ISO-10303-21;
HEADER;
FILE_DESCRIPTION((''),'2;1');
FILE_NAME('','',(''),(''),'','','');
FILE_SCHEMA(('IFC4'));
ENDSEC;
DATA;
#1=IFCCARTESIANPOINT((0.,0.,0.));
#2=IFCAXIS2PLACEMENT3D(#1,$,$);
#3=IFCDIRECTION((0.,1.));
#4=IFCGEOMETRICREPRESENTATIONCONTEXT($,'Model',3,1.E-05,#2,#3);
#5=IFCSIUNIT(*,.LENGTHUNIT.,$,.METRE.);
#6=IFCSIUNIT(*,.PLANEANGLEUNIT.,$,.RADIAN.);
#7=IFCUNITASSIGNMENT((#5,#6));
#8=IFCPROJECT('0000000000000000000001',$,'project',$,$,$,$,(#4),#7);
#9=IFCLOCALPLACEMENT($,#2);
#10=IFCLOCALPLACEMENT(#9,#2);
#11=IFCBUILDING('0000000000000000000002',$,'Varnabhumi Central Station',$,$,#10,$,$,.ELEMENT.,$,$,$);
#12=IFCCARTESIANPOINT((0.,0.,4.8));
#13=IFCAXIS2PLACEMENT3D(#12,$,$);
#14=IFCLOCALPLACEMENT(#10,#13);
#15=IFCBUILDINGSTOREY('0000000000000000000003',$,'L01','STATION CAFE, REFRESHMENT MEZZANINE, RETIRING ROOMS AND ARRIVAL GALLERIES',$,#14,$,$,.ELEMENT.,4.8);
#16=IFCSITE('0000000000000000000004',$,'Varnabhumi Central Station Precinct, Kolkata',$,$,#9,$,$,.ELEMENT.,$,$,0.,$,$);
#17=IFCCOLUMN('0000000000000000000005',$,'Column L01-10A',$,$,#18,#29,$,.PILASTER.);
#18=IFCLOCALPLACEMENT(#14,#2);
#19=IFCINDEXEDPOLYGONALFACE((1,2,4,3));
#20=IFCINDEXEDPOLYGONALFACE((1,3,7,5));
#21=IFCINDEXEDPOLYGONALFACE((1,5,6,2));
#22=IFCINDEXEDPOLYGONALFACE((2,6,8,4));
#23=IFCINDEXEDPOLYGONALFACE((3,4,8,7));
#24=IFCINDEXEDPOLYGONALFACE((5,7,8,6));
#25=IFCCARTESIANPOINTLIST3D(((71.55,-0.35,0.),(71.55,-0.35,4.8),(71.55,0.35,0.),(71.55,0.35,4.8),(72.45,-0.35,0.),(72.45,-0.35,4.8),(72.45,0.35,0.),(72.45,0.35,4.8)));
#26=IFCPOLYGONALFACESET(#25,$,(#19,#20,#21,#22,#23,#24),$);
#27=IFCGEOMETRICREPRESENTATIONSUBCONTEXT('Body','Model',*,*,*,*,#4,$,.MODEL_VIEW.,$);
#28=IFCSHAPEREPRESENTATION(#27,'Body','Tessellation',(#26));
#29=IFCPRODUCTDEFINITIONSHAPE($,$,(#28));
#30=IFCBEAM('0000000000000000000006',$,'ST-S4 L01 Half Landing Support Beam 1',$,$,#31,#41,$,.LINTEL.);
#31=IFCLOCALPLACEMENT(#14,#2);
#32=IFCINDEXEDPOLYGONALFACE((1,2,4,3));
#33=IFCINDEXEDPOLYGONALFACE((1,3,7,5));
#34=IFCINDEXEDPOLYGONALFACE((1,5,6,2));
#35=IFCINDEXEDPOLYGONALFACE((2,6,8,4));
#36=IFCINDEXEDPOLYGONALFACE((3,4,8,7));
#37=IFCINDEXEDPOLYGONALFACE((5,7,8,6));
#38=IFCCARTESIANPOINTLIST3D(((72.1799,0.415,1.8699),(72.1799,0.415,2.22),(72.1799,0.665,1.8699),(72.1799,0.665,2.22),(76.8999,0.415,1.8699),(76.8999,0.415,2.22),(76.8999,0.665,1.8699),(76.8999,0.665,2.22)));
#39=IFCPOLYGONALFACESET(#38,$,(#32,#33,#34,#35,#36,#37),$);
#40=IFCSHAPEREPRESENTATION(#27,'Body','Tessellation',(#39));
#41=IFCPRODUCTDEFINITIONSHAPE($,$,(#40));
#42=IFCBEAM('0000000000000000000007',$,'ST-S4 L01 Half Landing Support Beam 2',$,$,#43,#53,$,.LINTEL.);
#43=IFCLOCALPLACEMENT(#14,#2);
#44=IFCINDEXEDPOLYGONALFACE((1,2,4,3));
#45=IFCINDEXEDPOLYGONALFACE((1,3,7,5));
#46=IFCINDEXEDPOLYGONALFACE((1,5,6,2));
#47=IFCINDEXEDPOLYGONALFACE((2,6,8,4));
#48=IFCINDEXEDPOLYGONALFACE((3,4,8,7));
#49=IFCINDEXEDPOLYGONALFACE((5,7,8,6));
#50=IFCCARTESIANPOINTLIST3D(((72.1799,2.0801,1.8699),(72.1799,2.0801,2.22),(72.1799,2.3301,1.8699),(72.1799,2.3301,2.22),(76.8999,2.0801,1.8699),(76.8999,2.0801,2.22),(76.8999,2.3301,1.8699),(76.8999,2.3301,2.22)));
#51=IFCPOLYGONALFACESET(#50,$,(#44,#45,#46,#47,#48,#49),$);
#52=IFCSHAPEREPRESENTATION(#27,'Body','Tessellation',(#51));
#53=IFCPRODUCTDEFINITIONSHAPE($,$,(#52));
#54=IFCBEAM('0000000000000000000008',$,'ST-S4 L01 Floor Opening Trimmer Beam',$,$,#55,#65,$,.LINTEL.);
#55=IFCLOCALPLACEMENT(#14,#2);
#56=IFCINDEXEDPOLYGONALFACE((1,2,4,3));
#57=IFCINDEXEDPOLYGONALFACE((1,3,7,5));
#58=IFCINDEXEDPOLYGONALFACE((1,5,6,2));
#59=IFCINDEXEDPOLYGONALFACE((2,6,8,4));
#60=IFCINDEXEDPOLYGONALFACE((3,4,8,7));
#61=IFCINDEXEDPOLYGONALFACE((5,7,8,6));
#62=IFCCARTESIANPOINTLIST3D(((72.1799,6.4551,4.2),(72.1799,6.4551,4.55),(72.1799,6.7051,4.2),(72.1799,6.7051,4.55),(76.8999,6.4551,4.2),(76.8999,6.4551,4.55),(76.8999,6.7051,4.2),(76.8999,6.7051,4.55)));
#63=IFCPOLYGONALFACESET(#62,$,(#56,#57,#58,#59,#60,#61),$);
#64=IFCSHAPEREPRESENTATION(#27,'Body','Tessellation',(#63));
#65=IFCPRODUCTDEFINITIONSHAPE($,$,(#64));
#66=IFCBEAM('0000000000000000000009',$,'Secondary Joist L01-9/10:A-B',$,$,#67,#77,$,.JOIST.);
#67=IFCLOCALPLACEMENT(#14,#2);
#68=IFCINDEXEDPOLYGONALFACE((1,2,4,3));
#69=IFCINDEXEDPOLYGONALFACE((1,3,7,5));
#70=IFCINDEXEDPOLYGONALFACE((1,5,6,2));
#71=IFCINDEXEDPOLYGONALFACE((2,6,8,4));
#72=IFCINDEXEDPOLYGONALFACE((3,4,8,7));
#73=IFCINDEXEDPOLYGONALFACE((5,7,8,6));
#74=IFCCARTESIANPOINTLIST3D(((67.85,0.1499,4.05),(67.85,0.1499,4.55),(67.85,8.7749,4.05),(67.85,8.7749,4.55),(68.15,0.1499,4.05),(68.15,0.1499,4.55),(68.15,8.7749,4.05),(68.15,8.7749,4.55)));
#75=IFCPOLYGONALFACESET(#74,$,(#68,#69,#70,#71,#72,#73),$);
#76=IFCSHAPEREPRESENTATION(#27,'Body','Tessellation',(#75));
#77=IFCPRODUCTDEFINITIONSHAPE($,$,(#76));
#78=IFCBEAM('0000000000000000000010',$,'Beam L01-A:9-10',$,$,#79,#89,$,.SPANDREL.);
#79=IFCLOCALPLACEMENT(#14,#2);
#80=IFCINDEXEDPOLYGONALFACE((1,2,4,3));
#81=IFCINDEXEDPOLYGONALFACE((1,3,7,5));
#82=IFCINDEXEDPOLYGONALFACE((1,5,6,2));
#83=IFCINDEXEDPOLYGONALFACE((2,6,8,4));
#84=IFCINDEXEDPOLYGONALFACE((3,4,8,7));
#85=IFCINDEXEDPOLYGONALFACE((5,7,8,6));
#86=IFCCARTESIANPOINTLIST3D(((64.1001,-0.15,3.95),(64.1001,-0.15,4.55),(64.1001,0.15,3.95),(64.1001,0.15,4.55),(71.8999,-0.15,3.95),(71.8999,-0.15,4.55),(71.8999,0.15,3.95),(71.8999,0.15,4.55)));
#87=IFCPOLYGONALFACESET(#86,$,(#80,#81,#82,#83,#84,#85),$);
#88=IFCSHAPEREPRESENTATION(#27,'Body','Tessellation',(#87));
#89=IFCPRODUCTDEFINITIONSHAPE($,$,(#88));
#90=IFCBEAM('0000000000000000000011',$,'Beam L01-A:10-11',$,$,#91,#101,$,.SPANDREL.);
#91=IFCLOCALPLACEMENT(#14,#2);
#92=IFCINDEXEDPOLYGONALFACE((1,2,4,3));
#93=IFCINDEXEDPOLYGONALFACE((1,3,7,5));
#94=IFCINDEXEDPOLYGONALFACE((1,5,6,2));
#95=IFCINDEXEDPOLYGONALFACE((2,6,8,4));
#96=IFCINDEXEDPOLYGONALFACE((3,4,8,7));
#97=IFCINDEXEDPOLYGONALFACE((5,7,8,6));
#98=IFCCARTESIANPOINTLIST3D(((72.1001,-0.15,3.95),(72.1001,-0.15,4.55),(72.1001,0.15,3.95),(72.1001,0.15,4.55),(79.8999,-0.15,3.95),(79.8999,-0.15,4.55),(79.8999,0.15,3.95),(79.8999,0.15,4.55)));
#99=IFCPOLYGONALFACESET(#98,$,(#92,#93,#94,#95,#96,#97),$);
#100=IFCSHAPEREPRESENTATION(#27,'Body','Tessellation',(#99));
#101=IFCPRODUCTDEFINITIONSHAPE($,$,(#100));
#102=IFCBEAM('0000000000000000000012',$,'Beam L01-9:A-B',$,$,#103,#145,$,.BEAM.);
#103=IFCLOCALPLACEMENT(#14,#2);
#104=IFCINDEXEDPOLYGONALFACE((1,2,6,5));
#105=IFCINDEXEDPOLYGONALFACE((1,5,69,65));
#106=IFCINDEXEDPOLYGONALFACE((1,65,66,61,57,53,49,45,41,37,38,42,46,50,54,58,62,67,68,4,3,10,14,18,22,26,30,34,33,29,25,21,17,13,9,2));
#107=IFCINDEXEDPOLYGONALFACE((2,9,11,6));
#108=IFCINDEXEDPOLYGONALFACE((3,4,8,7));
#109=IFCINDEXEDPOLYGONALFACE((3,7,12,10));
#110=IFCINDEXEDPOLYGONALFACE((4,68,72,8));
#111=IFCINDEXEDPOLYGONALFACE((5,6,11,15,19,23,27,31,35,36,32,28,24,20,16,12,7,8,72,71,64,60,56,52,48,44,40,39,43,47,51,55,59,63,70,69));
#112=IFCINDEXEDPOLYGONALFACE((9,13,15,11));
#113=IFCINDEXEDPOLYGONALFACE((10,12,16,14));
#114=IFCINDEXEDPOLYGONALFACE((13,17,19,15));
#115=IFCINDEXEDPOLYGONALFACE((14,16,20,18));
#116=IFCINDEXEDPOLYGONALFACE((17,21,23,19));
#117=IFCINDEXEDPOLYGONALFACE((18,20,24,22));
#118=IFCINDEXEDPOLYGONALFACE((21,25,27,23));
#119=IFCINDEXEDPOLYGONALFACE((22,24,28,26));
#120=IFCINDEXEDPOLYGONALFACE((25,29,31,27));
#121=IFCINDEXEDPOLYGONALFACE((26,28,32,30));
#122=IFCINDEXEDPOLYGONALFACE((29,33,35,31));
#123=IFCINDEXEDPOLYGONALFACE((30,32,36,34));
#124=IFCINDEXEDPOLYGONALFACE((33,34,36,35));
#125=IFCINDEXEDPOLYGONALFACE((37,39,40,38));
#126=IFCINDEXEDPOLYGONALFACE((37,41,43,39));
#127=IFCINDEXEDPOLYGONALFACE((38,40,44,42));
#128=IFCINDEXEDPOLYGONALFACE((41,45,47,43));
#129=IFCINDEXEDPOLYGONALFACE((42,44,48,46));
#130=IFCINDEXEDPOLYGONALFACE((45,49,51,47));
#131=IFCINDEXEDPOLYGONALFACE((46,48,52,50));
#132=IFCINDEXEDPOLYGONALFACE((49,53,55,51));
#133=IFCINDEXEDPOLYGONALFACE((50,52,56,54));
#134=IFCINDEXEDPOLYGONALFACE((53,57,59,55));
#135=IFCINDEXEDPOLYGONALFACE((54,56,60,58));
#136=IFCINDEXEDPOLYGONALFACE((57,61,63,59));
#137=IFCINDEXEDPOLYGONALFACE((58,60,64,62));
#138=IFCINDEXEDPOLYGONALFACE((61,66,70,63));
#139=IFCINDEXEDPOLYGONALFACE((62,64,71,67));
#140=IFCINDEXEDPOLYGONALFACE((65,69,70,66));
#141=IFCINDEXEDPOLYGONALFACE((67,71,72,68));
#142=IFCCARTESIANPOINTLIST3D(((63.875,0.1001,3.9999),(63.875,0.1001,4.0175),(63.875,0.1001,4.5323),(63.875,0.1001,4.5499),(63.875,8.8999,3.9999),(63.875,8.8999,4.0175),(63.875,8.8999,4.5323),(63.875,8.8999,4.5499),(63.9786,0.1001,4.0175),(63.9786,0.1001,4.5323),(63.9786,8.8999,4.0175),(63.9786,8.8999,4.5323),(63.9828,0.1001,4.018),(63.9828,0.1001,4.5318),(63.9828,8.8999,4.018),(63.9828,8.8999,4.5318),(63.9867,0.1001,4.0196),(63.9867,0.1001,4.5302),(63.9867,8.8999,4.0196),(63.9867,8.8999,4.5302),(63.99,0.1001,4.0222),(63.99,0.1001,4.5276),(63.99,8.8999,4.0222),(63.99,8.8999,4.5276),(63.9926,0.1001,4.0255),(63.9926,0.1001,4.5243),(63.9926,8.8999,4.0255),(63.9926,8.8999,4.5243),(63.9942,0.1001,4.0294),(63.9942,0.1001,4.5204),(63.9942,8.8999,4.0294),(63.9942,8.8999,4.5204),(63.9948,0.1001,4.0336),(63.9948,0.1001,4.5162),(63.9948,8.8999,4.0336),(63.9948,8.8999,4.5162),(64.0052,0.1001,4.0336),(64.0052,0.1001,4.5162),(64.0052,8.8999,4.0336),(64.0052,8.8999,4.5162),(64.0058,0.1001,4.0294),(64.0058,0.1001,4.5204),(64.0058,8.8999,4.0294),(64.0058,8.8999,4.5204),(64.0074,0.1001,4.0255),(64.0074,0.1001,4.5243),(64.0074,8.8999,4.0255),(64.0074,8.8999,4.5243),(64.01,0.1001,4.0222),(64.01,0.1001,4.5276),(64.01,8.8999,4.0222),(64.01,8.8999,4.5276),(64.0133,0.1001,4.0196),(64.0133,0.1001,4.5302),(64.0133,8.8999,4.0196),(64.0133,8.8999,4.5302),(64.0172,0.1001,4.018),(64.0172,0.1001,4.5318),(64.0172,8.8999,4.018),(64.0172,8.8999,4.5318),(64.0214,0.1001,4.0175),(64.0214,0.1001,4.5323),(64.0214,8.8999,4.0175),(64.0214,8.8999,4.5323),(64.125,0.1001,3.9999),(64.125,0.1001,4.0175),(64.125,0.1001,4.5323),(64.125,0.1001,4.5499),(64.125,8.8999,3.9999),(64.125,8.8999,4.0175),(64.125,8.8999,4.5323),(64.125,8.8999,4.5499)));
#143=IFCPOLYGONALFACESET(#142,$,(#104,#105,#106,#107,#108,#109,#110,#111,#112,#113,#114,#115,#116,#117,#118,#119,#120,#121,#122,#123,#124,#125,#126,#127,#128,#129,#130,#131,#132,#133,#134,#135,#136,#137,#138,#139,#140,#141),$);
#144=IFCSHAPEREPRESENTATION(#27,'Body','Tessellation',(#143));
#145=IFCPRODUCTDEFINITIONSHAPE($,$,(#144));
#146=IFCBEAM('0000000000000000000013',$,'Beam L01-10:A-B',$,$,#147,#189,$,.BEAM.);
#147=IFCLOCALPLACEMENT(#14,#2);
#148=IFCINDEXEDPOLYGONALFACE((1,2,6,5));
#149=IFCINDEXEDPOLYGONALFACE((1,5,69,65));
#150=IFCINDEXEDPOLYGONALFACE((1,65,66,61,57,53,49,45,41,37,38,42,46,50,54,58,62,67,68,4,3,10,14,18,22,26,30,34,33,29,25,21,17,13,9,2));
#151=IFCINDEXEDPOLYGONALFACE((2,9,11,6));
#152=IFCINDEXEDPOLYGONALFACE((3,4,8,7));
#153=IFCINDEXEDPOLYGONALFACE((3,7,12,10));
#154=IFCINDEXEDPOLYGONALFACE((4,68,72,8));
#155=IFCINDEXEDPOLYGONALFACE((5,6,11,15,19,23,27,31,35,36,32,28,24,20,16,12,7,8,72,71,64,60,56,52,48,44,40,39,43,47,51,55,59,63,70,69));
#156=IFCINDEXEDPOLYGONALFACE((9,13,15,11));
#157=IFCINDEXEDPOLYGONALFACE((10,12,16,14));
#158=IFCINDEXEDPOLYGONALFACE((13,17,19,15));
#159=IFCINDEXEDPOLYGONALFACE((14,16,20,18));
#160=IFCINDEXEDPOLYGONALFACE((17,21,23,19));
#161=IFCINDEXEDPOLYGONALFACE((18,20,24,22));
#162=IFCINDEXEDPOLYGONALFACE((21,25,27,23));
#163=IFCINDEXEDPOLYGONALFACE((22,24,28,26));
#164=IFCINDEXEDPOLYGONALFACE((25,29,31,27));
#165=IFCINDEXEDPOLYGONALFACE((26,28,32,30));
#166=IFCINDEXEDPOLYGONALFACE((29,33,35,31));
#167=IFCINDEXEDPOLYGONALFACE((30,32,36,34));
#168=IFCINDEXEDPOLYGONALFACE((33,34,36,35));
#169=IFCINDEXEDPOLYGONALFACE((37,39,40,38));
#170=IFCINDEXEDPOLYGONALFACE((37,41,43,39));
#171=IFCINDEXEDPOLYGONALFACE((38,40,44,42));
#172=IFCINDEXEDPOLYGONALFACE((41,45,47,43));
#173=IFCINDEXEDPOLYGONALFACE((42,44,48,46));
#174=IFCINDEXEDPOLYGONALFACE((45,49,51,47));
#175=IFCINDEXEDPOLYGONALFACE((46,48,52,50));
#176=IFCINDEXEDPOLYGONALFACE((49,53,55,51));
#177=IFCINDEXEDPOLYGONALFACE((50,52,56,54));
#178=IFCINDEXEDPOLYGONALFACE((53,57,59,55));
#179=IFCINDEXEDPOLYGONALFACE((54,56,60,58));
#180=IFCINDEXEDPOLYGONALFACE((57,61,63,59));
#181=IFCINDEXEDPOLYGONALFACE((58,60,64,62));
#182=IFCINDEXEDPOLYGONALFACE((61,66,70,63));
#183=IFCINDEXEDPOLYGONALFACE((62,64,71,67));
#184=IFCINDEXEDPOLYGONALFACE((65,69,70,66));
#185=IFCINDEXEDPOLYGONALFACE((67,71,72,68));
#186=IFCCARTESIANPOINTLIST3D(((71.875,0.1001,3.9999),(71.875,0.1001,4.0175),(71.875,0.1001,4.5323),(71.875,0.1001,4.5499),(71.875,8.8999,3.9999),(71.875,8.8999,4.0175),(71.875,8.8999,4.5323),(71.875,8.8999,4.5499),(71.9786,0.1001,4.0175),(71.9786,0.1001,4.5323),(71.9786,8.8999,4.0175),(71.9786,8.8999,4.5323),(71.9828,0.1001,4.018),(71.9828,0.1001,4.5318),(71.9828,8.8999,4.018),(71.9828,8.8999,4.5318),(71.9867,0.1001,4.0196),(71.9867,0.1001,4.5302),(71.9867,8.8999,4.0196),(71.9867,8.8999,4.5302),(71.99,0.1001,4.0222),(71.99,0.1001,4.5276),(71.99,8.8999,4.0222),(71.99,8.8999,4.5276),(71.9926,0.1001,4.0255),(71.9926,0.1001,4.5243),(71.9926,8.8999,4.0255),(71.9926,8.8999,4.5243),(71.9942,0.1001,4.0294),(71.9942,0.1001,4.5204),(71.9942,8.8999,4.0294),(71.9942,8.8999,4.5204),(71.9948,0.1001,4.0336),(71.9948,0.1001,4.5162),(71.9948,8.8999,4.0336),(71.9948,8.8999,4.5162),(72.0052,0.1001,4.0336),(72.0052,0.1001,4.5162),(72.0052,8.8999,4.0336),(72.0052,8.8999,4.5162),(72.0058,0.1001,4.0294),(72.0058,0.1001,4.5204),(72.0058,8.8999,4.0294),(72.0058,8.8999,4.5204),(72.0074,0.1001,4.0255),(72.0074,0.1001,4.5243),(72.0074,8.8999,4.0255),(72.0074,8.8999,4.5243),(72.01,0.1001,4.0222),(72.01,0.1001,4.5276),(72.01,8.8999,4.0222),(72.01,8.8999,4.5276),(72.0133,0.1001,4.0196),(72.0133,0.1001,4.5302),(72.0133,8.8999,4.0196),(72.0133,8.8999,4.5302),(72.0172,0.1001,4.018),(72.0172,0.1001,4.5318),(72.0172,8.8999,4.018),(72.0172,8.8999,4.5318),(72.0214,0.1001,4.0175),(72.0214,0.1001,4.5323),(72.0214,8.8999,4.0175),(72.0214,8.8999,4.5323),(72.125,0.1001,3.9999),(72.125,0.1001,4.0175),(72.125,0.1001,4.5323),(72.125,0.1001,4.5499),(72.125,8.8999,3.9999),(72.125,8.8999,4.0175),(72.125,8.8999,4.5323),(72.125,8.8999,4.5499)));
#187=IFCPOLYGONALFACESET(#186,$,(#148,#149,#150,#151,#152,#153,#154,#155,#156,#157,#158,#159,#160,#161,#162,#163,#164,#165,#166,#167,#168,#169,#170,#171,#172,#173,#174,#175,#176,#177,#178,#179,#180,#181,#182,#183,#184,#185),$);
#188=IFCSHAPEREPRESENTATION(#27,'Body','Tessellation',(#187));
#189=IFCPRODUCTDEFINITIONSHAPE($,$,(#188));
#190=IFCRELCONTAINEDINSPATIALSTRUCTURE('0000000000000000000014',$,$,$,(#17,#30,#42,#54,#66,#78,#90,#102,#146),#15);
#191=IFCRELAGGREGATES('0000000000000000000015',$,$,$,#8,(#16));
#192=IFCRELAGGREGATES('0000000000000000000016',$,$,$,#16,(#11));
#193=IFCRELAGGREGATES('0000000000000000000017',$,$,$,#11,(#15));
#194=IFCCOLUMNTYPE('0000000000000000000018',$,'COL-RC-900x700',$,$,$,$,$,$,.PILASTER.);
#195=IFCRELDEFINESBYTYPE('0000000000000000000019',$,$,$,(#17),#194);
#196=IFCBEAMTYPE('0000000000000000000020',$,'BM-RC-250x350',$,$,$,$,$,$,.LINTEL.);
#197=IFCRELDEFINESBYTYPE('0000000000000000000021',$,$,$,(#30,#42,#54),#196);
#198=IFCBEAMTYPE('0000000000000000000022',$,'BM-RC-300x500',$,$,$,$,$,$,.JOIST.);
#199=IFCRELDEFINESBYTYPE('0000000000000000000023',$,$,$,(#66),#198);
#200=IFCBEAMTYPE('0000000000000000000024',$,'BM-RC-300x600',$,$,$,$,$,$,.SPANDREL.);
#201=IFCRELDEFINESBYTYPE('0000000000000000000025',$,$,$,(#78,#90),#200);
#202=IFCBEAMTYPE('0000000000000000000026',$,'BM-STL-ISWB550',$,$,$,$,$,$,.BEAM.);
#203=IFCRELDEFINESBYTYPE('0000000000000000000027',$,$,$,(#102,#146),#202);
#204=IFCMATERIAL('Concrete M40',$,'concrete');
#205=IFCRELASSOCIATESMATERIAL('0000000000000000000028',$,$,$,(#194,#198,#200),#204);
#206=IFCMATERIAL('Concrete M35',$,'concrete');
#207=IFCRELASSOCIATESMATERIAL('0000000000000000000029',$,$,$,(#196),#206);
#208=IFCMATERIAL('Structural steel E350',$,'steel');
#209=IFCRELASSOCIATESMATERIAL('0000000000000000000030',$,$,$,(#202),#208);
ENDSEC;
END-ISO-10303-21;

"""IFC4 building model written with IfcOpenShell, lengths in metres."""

from ifc_helpers import new_model, si_unit, direction, frame, origin, origin_2d, place, context, subcontext, project, spatial, rectangle, i_section, extrude, material, material_profile, profile_set, type_object, element, save


model = new_model("IFC4")

# Units and contexts
model_context = context("Model", 3, precision=1e-05, world=origin(), true_north=direction((0.0, 1.0)))
body_context = subcontext(model_context, "Body", "Model", "MODEL_VIEW")
ifc_project = project(units=[si_unit("LENGTHUNIT", "METRE"), si_unit("PLANEANGLEUNIT", "RADIAN")], contexts=[model_context])

# Site, building, storey
site_placement = place(None, origin())
site = spatial("IfcSite", under=ifc_project, at=site_placement, Name="Varnabhumi Central Station Precinct, Kolkata", CompositionType="ELEMENT", RefElevation=0.0)
building_placement = place(site_placement, origin())
building = spatial("IfcBuilding", under=site, at=building_placement, Name="Varnabhumi Central Station", CompositionType="ELEMENT")
storey_placement = place(building_placement, frame((0.0, 0.0, 4.8)))
storey = spatial("IfcBuildingStorey", under=building, at=storey_placement, Name="L01", Description="STATION CAFE, REFRESHMENT MEZZANINE, RETIRING ROOMS AND ARRIVAL GALLERIES", CompositionType="ELEMENT", Elevation=4.8)

# Column
ifc_material_1 = material(Name="Concrete M40", Category="concrete")
ifc_material_profile_1 = material_profile(ifc_material_1, rectangle(XDim=0.8999, YDim=0.7, at=origin_2d()), Name="Concrete M40", Category="concrete")
ifc_profile_set_1 = profile_set([ifc_material_profile_1], Name="Concrete M40")
column_type = type_object("IfcColumnType", Name="COL-RC-900x700", PredefinedType="PILASTER", material=ifc_profile_set_1)
column_placement = place(storey_placement, frame((72.0, 0.0, 0.0), z_axis=(0.0, 0.0, 1.0), x_axis=(1.0, 0.0, 0.0)))
element("IfcColumn", 1, at=column_placement, inside=storey, type_object=column_type, Name="Column L01-10A", PredefinedType="PILASTER", context=body_context, shape_type="SweptSolid", body=[
    extrude(rectangle(XDim=0.8999, YDim=0.7, at=origin_2d()), origin(), (0.0, 0.0, 1.0), 4.8),
])

# Beams
ifc_material_2 = material(Name="Concrete M35", Category="concrete")
ifc_material_profile_2 = material_profile(ifc_material_2, rectangle(XDim=0.25, YDim=0.3501, at=origin_2d()), Name="Concrete M35", Category="concrete")
ifc_profile_set_2 = profile_set([ifc_material_profile_2], Name="Concrete M35")
beam_type_1 = type_object("IfcBeamType", Name="BM-RC-250x350", PredefinedType="LINTEL", material=ifc_profile_set_2)
for number, where, z_axis, x_axis, name in (
    (2, (72.1799, 0.54, 2.0449), (1.0, 0.0, 0.0), (0.0, 1.0, 0.0), "ST-S4 L01 Half Landing Support Beam 1"),
    (3, (72.1799, 2.2051, 2.0449), (1.0, 0.0, 0.0), (0.0, 1.0, 0.0), "ST-S4 L01 Half Landing Support Beam 2"),
    (4, (72.1799, 6.5801, 4.375), (1.0, 0.0, 0.0), (0.0, 1.0, 0.0), "ST-S4 L01 Floor Opening Trimmer Beam"),
):
    element("IfcBeam", number, at=place(storey_placement, frame(where, z_axis=z_axis, x_axis=x_axis)), inside=storey, type_object=beam_type_1, Name=name, PredefinedType="LINTEL", context=body_context, shape_type="SweptSolid", body=[
        extrude(rectangle(XDim=0.25, YDim=0.3501, at=origin_2d()), origin(), (0.0, 0.0, 1.0), 4.72),
    ])
ifc_material_profile_3 = material_profile(ifc_material_1, rectangle(XDim=0.3, YDim=0.5, at=origin_2d()), Name="Concrete M40", Category="concrete")
ifc_profile_set_3 = profile_set([ifc_material_profile_3], Name="Concrete M40")
beam_type_2 = type_object("IfcBeamType", Name="BM-RC-300x500", PredefinedType="JOIST", material=ifc_profile_set_3)
beam_placement = place(storey_placement, frame((68.0, 0.1499, 4.3), z_axis=(0.0, 1.0, 0.0), x_axis=(-1.0, 0.0, 0.0)))
element("IfcBeam", 5, at=beam_placement, inside=storey, type_object=beam_type_2, Name="Secondary Joist L01-9/10:A-B", PredefinedType="JOIST", context=body_context, shape_type="SweptSolid", body=[
    extrude(rectangle(XDim=0.3, YDim=0.5, at=origin_2d()), origin(), (0.0, 0.0, 1.0), 8.625),
])
ifc_material_profile_4 = material_profile(ifc_material_1, rectangle(XDim=0.3, YDim=0.6001, at=origin_2d()), Name="Concrete M40", Category="concrete")
ifc_profile_set_4 = profile_set([ifc_material_profile_4], Name="Concrete M40")
beam_type_3 = type_object("IfcBeamType", Name="BM-RC-300x600", PredefinedType="SPANDREL", material=ifc_profile_set_4)
for number, where, z_axis, x_axis, name in (
    (6, (64.1001, 0.0, 4.25), (1.0, 0.0, 0.0), (0.0, 1.0, 0.0), "Beam L01-A:9-10"),
    (7, (72.1001, 0.0, 4.25), (1.0, 0.0, 0.0), (0.0, 1.0, 0.0), "Beam L01-A:10-11"),
):
    element("IfcBeam", number, at=place(storey_placement, frame(where, z_axis=z_axis, x_axis=x_axis)), inside=storey, type_object=beam_type_3, Name=name, PredefinedType="SPANDREL", context=body_context, shape_type="SweptSolid", body=[
        extrude(rectangle(XDim=0.3, YDim=0.6001, at=origin_2d()), origin(), (0.0, 0.0, 1.0), 7.7998),
    ])
ifc_material_3 = material(Name="Structural steel E350", Category="steel")
ifc_material_profile_5 = material_profile(ifc_material_3, i_section(OverallWidth=0.25, OverallDepth=0.55, WebThickness=0.0105, FlangeThickness=0.0176, FilletRadius=0.0161, at=origin_2d()), Name="Structural steel E350", Category="steel")
ifc_profile_set_5 = profile_set([ifc_material_profile_5], Name="Structural steel E350")
beam_type_4 = type_object("IfcBeamType", Name="BM-STL-ISWB550", PredefinedType="BEAM", material=ifc_profile_set_5)
for number, where, z_axis, x_axis, name in (
    (8, (64.0, 0.1001, 4.2749), (0.0, 1.0, 0.0), (-1.0, 0.0, 0.0), "Beam L01-9:A-B"),
    (9, (72.0, 0.1001, 4.2749), (0.0, 1.0, 0.0), (-1.0, 0.0, 0.0), "Beam L01-10:A-B"),
):
    element("IfcBeam", number, at=place(storey_placement, frame(where, z_axis=z_axis, x_axis=x_axis)), inside=storey, type_object=beam_type_4, Name=name, PredefinedType="BEAM", context=body_context, shape_type="SweptSolid", body=[
        extrude(i_section(OverallWidth=0.25, OverallDepth=0.55, WebThickness=0.0105, FlangeThickness=0.0176, FilletRadius=0.0161, at=origin_2d()), origin(), (0.0, 0.0, 1.0), 8.7998),
    ])

save(model, "model.ifc")
